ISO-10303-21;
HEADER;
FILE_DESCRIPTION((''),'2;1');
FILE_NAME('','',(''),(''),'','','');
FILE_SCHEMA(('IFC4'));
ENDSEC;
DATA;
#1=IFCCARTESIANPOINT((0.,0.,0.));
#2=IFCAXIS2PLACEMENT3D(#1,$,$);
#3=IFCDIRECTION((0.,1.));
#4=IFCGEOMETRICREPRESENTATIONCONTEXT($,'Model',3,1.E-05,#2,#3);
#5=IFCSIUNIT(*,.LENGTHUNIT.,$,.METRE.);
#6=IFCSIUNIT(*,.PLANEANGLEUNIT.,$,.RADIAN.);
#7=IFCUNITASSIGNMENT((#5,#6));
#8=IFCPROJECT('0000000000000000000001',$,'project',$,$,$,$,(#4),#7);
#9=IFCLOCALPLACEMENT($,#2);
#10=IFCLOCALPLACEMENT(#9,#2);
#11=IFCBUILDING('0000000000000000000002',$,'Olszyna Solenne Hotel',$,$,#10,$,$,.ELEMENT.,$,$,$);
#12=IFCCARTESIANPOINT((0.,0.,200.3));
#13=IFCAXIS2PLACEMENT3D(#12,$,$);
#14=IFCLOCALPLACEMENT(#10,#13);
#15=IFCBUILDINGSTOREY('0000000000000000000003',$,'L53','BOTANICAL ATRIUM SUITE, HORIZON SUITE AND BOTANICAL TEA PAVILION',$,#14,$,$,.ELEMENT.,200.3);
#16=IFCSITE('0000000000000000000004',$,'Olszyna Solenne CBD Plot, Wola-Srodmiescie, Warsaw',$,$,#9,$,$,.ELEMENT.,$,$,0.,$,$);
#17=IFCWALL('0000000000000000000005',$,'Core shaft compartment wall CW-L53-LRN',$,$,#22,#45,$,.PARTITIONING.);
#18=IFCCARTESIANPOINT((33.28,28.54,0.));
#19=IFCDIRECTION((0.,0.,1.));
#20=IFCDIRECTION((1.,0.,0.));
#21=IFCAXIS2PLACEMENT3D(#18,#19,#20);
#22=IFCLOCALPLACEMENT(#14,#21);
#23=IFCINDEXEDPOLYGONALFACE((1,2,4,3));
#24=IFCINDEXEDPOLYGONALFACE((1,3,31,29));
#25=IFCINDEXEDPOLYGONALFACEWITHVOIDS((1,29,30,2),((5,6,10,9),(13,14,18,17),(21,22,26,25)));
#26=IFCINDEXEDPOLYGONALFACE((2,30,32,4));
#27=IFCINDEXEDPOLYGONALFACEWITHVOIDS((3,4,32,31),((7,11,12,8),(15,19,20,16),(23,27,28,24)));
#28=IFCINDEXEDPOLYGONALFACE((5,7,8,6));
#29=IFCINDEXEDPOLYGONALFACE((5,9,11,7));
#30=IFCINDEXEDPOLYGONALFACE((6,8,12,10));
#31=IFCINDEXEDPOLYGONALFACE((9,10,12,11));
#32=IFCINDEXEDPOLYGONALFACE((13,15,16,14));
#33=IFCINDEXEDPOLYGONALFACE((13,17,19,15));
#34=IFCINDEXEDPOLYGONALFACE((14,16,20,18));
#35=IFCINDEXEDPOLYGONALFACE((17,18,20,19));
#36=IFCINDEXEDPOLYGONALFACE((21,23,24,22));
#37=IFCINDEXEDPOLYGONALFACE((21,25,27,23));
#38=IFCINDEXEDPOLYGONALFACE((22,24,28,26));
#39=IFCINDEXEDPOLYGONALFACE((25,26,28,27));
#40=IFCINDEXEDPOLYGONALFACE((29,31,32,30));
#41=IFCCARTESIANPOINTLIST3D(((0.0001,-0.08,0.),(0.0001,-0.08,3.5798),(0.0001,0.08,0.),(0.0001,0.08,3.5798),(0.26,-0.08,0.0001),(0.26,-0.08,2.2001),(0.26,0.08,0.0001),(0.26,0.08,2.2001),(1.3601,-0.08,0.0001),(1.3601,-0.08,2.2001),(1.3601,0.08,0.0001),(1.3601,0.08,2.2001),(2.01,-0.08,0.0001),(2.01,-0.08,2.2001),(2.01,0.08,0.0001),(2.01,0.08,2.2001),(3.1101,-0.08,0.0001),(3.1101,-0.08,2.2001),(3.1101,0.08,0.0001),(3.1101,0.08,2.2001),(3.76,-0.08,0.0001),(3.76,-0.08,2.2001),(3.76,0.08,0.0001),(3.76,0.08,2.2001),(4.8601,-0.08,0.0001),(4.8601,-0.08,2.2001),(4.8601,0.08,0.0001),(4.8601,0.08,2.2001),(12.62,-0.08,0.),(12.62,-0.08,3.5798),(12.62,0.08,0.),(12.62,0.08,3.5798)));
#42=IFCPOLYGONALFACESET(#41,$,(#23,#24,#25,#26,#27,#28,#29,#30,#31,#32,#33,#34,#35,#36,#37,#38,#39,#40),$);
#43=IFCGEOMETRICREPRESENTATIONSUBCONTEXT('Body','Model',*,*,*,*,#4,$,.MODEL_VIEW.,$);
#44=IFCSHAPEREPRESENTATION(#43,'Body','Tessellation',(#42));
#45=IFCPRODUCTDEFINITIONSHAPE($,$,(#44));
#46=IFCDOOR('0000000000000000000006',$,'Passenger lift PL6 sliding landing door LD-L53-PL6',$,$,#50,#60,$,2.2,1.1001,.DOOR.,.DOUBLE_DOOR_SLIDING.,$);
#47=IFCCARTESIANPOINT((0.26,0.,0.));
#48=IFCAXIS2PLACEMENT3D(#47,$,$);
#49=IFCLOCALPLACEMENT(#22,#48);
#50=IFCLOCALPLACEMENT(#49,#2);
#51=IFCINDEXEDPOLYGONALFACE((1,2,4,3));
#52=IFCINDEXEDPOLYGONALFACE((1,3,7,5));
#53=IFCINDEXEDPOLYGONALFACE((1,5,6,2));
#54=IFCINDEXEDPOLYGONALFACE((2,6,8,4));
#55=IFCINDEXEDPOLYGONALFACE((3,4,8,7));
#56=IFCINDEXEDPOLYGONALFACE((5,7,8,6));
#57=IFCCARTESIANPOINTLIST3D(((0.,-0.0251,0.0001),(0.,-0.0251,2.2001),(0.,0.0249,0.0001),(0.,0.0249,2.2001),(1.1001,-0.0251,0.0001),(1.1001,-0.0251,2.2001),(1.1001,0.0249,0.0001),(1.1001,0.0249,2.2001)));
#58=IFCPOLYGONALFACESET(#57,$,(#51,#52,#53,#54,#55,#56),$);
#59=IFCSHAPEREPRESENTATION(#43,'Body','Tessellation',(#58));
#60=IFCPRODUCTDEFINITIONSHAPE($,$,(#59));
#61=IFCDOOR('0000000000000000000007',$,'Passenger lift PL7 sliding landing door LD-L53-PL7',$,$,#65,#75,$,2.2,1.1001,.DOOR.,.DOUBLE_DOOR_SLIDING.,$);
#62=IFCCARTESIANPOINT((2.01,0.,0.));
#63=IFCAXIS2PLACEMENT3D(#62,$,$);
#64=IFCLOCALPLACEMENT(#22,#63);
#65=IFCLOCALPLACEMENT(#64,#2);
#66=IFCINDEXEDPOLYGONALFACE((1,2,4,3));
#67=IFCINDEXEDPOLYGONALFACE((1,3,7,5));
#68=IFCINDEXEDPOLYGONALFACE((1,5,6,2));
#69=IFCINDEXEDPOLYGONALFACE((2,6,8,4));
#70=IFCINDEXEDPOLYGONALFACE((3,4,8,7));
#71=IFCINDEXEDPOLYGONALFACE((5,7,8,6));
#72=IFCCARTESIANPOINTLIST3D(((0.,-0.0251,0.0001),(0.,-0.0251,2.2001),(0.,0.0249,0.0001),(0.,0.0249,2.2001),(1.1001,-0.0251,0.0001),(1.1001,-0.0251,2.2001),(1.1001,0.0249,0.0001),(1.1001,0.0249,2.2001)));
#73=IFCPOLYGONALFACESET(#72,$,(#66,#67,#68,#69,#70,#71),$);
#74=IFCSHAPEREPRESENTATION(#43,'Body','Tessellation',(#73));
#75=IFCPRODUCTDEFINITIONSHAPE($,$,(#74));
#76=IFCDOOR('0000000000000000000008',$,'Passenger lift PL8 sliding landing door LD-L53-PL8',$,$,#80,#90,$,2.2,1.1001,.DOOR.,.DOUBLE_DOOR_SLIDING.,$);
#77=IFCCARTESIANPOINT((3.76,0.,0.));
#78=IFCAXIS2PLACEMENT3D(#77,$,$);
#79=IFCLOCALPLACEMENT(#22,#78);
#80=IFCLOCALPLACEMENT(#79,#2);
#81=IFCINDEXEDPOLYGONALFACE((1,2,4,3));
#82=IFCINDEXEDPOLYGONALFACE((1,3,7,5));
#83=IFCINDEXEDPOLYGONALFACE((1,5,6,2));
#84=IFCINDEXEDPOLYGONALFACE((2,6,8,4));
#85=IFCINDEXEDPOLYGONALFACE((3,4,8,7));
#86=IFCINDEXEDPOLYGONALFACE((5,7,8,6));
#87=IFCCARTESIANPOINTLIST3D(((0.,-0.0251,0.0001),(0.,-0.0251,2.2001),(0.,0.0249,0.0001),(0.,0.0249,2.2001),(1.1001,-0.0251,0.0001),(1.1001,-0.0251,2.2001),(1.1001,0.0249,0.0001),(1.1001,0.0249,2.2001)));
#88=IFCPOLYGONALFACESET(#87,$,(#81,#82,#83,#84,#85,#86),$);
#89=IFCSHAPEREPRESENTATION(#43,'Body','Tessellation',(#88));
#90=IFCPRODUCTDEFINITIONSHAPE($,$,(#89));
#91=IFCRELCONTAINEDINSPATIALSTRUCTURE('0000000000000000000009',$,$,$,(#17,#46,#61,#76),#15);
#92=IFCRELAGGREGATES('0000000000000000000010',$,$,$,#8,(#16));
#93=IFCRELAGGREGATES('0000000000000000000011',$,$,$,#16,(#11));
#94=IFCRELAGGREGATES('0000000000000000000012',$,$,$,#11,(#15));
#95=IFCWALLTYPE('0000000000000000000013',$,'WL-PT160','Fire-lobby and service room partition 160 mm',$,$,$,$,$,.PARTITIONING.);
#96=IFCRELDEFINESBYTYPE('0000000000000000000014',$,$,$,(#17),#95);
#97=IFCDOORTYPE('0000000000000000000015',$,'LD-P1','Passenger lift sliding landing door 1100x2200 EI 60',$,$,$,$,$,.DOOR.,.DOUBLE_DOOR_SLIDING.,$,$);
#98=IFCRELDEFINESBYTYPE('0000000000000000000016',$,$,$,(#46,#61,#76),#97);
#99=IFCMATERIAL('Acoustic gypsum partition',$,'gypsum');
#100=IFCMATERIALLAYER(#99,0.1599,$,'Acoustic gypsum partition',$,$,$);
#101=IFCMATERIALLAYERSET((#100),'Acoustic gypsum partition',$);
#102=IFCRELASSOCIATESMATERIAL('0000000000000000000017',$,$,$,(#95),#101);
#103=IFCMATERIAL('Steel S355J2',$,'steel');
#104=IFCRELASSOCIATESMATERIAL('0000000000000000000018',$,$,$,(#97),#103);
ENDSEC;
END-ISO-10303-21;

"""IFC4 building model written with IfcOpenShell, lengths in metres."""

from ifc_helpers import new_model, si_unit, direction, frame, frame_2d, origin, place, context, subcontext, project, spatial, rectangle, extrude, source, transform, mapped, material, layer, layer_set, type_object, type_shapes, element, fill, save


model = new_model("IFC4")

# Units and contexts
model_context = context("Model", 3, precision=1e-05, world=origin(), true_north=direction((0.0, 1.0)))
body_context = subcontext(model_context, "Body", "Model", "MODEL_VIEW")
ifc_project = project(units=[si_unit("LENGTHUNIT", "METRE"), si_unit("PLANEANGLEUNIT", "RADIAN")], contexts=[model_context])

# Site, building, storey
site_placement = place(None, origin())
site = spatial("IfcSite", under=ifc_project, at=site_placement, Name="Olszyna Solenne CBD Plot, Wola-Srodmiescie, Warsaw", CompositionType="ELEMENT", RefElevation=0.0)
building_placement = place(site_placement, origin())
building = spatial("IfcBuilding", under=site, at=building_placement, Name="Olszyna Solenne Hotel", CompositionType="ELEMENT")
storey_placement = place(building_placement, frame((0.0, 0.0, 200.3)))
storey = spatial("IfcBuildingStorey", under=building, at=storey_placement, Name="L53", Description="BOTANICAL ATRIUM SUITE, HORIZON SUITE AND BOTANICAL TEA PAVILION", CompositionType="ELEMENT", Elevation=200.3)

# Shared definitions
ifc_material_1 = material(Name="Steel S355J2", Category="steel")

# Shared definitions
ifc_material_2 = material(Name="Acoustic gypsum partition", Category="gypsum")
ifc_layer = layer(ifc_material_2, 0.1599, Name="Acoustic gypsum partition")
ifc_layer_set = layer_set([ifc_layer], Name="Acoustic gypsum partition")
wall_type = type_object("IfcWallType", Name="WL-PT160", Description="Fire-lobby and service room partition 160 mm", PredefinedType="PARTITIONING", material=ifc_layer_set)

# Shared definitions
door_type_1 = type_object("IfcDoorType", Name="LD-P1", Description="Passenger lift sliding landing door 1100x2200 EI 60", OperationType="DOUBLE_DOOR_SLIDING", PredefinedType="DOOR", material=ifc_material_1)
shared_shape_1 = source(origin(), body_context, "Body", "SweptSolid", [
    extrude(rectangle(XDim=1.1001, YDim=2.2, at=frame_2d((0.55, 1.1001))), frame((0.0, 0.0249, 0.0), z_axis=(0.0, -1.0, 0.0), x_axis=(1.0, 0.0, 0.0)), (0.0, 0.0, 1.0), 0.05),
])
type_shapes(door_type_1, [shared_shape_1])

# Wall, openings, doors
wall_1_placement = place(storey_placement, frame((33.28, 28.54, 0.0), z_axis=(0.0, 0.0, 1.0), x_axis=(1.0, 0.0, 0.0)))
wall_1 = element("IfcWall", 1, at=wall_1_placement, inside=storey, type_object=wall_type, Name="Core shaft compartment wall CW-L53-LRN", PredefinedType="PARTITIONING", context=body_context, shape_type="SweptSolid", body=[
    extrude(rectangle(XDim=12.6199, YDim=0.1599, at=frame_2d((6.3101, 0.0))), origin(), (0.0, 0.0, 1.0), 3.5798),
])
opening_1_placement = place(wall_1_placement, frame((0.26, 0.0, 0.0)))
opening_1 = element("IfcOpeningElement", 2, at=opening_1_placement, cuts=wall_1, PredefinedType="OPENING", context=body_context, shape_type="SweptSolid", body=[
    extrude(rectangle(XDim=1.1001, YDim=2.2, at=frame_2d((0.55, 1.1001))), frame((0.0, 0.0898, 0.0), z_axis=(0.0, -1.0, 0.0), x_axis=(1.0, 0.0, 0.0)), (0.0, 0.0, 1.0), 0.1799),
])
opening_2_placement = place(wall_1_placement, frame((2.01, 0.0, 0.0)))
opening_2 = element("IfcOpeningElement", 3, at=opening_2_placement, cuts=wall_1, PredefinedType="OPENING", context=body_context, shape_type="SweptSolid", body=[
    extrude(rectangle(XDim=1.1001, YDim=2.2, at=frame_2d((0.55, 1.1001))), frame((0.0, 0.0898, 0.0), z_axis=(0.0, -1.0, 0.0), x_axis=(1.0, 0.0, 0.0)), (0.0, 0.0, 1.0), 0.1799),
])
opening_3_placement = place(wall_1_placement, frame((3.76, 0.0, 0.0)))
opening_3 = element("IfcOpeningElement", 4, at=opening_3_placement, cuts=wall_1, PredefinedType="OPENING", context=body_context, shape_type="SweptSolid", body=[
    extrude(rectangle(XDim=1.1001, YDim=2.2, at=frame_2d((0.55, 1.1001))), frame((0.0, 0.0898, 0.0), z_axis=(0.0, -1.0, 0.0), x_axis=(1.0, 0.0, 0.0)), (0.0, 0.0, 1.0), 0.1799),
])
door_1_placement = place(opening_1_placement, origin())
door_1 = element("IfcDoor", 5, at=door_1_placement, inside=storey, type_object=door_type_1, Name="Passenger lift PL6 sliding landing door LD-L53-PL6", OperationType="DOUBLE_DOOR_SLIDING", OverallHeight=2.2, OverallWidth=1.1001, PredefinedType="DOOR", context=body_context, shape_type="MappedRepresentation", body=[
    mapped(shared_shape_1, transform((0.0, 0.0, 0.0), x_axis=(1.0, 0.0, 0.0), y_axis=(0.0, 1.0, 0.0), z_axis=(0.0, 0.0, 1.0), scale=1.0)),
])
fill(opening_1, door_1)
door_2_placement = place(opening_2_placement, origin())
door_2 = element("IfcDoor", 6, at=door_2_placement, inside=storey, type_object=door_type_1, Name="Passenger lift PL7 sliding landing door LD-L53-PL7", OperationType="DOUBLE_DOOR_SLIDING", OverallHeight=2.2, OverallWidth=1.1001, PredefinedType="DOOR", context=body_context, shape_type="MappedRepresentation", body=[
    mapped(shared_shape_1, transform((0.0, 0.0, 0.0), x_axis=(1.0, 0.0, 0.0), y_axis=(0.0, 1.0, 0.0), z_axis=(0.0, 0.0, 1.0), scale=1.0)),
])
fill(opening_2, door_2)
door_3_placement = place(opening_3_placement, origin())
door_3 = element("IfcDoor", 7, at=door_3_placement, inside=storey, type_object=door_type_1, Name="Passenger lift PL8 sliding landing door LD-L53-PL8", OperationType="DOUBLE_DOOR_SLIDING", OverallHeight=2.2, OverallWidth=1.1001, PredefinedType="DOOR", context=body_context, shape_type="MappedRepresentation", body=[
    mapped(shared_shape_1, transform((0.0, 0.0, 0.0), x_axis=(1.0, 0.0, 0.0), y_axis=(0.0, 1.0, 0.0), z_axis=(0.0, 0.0, 1.0), scale=1.0)),
])
fill(opening_3, door_3)

save(model, "model.ifc")
